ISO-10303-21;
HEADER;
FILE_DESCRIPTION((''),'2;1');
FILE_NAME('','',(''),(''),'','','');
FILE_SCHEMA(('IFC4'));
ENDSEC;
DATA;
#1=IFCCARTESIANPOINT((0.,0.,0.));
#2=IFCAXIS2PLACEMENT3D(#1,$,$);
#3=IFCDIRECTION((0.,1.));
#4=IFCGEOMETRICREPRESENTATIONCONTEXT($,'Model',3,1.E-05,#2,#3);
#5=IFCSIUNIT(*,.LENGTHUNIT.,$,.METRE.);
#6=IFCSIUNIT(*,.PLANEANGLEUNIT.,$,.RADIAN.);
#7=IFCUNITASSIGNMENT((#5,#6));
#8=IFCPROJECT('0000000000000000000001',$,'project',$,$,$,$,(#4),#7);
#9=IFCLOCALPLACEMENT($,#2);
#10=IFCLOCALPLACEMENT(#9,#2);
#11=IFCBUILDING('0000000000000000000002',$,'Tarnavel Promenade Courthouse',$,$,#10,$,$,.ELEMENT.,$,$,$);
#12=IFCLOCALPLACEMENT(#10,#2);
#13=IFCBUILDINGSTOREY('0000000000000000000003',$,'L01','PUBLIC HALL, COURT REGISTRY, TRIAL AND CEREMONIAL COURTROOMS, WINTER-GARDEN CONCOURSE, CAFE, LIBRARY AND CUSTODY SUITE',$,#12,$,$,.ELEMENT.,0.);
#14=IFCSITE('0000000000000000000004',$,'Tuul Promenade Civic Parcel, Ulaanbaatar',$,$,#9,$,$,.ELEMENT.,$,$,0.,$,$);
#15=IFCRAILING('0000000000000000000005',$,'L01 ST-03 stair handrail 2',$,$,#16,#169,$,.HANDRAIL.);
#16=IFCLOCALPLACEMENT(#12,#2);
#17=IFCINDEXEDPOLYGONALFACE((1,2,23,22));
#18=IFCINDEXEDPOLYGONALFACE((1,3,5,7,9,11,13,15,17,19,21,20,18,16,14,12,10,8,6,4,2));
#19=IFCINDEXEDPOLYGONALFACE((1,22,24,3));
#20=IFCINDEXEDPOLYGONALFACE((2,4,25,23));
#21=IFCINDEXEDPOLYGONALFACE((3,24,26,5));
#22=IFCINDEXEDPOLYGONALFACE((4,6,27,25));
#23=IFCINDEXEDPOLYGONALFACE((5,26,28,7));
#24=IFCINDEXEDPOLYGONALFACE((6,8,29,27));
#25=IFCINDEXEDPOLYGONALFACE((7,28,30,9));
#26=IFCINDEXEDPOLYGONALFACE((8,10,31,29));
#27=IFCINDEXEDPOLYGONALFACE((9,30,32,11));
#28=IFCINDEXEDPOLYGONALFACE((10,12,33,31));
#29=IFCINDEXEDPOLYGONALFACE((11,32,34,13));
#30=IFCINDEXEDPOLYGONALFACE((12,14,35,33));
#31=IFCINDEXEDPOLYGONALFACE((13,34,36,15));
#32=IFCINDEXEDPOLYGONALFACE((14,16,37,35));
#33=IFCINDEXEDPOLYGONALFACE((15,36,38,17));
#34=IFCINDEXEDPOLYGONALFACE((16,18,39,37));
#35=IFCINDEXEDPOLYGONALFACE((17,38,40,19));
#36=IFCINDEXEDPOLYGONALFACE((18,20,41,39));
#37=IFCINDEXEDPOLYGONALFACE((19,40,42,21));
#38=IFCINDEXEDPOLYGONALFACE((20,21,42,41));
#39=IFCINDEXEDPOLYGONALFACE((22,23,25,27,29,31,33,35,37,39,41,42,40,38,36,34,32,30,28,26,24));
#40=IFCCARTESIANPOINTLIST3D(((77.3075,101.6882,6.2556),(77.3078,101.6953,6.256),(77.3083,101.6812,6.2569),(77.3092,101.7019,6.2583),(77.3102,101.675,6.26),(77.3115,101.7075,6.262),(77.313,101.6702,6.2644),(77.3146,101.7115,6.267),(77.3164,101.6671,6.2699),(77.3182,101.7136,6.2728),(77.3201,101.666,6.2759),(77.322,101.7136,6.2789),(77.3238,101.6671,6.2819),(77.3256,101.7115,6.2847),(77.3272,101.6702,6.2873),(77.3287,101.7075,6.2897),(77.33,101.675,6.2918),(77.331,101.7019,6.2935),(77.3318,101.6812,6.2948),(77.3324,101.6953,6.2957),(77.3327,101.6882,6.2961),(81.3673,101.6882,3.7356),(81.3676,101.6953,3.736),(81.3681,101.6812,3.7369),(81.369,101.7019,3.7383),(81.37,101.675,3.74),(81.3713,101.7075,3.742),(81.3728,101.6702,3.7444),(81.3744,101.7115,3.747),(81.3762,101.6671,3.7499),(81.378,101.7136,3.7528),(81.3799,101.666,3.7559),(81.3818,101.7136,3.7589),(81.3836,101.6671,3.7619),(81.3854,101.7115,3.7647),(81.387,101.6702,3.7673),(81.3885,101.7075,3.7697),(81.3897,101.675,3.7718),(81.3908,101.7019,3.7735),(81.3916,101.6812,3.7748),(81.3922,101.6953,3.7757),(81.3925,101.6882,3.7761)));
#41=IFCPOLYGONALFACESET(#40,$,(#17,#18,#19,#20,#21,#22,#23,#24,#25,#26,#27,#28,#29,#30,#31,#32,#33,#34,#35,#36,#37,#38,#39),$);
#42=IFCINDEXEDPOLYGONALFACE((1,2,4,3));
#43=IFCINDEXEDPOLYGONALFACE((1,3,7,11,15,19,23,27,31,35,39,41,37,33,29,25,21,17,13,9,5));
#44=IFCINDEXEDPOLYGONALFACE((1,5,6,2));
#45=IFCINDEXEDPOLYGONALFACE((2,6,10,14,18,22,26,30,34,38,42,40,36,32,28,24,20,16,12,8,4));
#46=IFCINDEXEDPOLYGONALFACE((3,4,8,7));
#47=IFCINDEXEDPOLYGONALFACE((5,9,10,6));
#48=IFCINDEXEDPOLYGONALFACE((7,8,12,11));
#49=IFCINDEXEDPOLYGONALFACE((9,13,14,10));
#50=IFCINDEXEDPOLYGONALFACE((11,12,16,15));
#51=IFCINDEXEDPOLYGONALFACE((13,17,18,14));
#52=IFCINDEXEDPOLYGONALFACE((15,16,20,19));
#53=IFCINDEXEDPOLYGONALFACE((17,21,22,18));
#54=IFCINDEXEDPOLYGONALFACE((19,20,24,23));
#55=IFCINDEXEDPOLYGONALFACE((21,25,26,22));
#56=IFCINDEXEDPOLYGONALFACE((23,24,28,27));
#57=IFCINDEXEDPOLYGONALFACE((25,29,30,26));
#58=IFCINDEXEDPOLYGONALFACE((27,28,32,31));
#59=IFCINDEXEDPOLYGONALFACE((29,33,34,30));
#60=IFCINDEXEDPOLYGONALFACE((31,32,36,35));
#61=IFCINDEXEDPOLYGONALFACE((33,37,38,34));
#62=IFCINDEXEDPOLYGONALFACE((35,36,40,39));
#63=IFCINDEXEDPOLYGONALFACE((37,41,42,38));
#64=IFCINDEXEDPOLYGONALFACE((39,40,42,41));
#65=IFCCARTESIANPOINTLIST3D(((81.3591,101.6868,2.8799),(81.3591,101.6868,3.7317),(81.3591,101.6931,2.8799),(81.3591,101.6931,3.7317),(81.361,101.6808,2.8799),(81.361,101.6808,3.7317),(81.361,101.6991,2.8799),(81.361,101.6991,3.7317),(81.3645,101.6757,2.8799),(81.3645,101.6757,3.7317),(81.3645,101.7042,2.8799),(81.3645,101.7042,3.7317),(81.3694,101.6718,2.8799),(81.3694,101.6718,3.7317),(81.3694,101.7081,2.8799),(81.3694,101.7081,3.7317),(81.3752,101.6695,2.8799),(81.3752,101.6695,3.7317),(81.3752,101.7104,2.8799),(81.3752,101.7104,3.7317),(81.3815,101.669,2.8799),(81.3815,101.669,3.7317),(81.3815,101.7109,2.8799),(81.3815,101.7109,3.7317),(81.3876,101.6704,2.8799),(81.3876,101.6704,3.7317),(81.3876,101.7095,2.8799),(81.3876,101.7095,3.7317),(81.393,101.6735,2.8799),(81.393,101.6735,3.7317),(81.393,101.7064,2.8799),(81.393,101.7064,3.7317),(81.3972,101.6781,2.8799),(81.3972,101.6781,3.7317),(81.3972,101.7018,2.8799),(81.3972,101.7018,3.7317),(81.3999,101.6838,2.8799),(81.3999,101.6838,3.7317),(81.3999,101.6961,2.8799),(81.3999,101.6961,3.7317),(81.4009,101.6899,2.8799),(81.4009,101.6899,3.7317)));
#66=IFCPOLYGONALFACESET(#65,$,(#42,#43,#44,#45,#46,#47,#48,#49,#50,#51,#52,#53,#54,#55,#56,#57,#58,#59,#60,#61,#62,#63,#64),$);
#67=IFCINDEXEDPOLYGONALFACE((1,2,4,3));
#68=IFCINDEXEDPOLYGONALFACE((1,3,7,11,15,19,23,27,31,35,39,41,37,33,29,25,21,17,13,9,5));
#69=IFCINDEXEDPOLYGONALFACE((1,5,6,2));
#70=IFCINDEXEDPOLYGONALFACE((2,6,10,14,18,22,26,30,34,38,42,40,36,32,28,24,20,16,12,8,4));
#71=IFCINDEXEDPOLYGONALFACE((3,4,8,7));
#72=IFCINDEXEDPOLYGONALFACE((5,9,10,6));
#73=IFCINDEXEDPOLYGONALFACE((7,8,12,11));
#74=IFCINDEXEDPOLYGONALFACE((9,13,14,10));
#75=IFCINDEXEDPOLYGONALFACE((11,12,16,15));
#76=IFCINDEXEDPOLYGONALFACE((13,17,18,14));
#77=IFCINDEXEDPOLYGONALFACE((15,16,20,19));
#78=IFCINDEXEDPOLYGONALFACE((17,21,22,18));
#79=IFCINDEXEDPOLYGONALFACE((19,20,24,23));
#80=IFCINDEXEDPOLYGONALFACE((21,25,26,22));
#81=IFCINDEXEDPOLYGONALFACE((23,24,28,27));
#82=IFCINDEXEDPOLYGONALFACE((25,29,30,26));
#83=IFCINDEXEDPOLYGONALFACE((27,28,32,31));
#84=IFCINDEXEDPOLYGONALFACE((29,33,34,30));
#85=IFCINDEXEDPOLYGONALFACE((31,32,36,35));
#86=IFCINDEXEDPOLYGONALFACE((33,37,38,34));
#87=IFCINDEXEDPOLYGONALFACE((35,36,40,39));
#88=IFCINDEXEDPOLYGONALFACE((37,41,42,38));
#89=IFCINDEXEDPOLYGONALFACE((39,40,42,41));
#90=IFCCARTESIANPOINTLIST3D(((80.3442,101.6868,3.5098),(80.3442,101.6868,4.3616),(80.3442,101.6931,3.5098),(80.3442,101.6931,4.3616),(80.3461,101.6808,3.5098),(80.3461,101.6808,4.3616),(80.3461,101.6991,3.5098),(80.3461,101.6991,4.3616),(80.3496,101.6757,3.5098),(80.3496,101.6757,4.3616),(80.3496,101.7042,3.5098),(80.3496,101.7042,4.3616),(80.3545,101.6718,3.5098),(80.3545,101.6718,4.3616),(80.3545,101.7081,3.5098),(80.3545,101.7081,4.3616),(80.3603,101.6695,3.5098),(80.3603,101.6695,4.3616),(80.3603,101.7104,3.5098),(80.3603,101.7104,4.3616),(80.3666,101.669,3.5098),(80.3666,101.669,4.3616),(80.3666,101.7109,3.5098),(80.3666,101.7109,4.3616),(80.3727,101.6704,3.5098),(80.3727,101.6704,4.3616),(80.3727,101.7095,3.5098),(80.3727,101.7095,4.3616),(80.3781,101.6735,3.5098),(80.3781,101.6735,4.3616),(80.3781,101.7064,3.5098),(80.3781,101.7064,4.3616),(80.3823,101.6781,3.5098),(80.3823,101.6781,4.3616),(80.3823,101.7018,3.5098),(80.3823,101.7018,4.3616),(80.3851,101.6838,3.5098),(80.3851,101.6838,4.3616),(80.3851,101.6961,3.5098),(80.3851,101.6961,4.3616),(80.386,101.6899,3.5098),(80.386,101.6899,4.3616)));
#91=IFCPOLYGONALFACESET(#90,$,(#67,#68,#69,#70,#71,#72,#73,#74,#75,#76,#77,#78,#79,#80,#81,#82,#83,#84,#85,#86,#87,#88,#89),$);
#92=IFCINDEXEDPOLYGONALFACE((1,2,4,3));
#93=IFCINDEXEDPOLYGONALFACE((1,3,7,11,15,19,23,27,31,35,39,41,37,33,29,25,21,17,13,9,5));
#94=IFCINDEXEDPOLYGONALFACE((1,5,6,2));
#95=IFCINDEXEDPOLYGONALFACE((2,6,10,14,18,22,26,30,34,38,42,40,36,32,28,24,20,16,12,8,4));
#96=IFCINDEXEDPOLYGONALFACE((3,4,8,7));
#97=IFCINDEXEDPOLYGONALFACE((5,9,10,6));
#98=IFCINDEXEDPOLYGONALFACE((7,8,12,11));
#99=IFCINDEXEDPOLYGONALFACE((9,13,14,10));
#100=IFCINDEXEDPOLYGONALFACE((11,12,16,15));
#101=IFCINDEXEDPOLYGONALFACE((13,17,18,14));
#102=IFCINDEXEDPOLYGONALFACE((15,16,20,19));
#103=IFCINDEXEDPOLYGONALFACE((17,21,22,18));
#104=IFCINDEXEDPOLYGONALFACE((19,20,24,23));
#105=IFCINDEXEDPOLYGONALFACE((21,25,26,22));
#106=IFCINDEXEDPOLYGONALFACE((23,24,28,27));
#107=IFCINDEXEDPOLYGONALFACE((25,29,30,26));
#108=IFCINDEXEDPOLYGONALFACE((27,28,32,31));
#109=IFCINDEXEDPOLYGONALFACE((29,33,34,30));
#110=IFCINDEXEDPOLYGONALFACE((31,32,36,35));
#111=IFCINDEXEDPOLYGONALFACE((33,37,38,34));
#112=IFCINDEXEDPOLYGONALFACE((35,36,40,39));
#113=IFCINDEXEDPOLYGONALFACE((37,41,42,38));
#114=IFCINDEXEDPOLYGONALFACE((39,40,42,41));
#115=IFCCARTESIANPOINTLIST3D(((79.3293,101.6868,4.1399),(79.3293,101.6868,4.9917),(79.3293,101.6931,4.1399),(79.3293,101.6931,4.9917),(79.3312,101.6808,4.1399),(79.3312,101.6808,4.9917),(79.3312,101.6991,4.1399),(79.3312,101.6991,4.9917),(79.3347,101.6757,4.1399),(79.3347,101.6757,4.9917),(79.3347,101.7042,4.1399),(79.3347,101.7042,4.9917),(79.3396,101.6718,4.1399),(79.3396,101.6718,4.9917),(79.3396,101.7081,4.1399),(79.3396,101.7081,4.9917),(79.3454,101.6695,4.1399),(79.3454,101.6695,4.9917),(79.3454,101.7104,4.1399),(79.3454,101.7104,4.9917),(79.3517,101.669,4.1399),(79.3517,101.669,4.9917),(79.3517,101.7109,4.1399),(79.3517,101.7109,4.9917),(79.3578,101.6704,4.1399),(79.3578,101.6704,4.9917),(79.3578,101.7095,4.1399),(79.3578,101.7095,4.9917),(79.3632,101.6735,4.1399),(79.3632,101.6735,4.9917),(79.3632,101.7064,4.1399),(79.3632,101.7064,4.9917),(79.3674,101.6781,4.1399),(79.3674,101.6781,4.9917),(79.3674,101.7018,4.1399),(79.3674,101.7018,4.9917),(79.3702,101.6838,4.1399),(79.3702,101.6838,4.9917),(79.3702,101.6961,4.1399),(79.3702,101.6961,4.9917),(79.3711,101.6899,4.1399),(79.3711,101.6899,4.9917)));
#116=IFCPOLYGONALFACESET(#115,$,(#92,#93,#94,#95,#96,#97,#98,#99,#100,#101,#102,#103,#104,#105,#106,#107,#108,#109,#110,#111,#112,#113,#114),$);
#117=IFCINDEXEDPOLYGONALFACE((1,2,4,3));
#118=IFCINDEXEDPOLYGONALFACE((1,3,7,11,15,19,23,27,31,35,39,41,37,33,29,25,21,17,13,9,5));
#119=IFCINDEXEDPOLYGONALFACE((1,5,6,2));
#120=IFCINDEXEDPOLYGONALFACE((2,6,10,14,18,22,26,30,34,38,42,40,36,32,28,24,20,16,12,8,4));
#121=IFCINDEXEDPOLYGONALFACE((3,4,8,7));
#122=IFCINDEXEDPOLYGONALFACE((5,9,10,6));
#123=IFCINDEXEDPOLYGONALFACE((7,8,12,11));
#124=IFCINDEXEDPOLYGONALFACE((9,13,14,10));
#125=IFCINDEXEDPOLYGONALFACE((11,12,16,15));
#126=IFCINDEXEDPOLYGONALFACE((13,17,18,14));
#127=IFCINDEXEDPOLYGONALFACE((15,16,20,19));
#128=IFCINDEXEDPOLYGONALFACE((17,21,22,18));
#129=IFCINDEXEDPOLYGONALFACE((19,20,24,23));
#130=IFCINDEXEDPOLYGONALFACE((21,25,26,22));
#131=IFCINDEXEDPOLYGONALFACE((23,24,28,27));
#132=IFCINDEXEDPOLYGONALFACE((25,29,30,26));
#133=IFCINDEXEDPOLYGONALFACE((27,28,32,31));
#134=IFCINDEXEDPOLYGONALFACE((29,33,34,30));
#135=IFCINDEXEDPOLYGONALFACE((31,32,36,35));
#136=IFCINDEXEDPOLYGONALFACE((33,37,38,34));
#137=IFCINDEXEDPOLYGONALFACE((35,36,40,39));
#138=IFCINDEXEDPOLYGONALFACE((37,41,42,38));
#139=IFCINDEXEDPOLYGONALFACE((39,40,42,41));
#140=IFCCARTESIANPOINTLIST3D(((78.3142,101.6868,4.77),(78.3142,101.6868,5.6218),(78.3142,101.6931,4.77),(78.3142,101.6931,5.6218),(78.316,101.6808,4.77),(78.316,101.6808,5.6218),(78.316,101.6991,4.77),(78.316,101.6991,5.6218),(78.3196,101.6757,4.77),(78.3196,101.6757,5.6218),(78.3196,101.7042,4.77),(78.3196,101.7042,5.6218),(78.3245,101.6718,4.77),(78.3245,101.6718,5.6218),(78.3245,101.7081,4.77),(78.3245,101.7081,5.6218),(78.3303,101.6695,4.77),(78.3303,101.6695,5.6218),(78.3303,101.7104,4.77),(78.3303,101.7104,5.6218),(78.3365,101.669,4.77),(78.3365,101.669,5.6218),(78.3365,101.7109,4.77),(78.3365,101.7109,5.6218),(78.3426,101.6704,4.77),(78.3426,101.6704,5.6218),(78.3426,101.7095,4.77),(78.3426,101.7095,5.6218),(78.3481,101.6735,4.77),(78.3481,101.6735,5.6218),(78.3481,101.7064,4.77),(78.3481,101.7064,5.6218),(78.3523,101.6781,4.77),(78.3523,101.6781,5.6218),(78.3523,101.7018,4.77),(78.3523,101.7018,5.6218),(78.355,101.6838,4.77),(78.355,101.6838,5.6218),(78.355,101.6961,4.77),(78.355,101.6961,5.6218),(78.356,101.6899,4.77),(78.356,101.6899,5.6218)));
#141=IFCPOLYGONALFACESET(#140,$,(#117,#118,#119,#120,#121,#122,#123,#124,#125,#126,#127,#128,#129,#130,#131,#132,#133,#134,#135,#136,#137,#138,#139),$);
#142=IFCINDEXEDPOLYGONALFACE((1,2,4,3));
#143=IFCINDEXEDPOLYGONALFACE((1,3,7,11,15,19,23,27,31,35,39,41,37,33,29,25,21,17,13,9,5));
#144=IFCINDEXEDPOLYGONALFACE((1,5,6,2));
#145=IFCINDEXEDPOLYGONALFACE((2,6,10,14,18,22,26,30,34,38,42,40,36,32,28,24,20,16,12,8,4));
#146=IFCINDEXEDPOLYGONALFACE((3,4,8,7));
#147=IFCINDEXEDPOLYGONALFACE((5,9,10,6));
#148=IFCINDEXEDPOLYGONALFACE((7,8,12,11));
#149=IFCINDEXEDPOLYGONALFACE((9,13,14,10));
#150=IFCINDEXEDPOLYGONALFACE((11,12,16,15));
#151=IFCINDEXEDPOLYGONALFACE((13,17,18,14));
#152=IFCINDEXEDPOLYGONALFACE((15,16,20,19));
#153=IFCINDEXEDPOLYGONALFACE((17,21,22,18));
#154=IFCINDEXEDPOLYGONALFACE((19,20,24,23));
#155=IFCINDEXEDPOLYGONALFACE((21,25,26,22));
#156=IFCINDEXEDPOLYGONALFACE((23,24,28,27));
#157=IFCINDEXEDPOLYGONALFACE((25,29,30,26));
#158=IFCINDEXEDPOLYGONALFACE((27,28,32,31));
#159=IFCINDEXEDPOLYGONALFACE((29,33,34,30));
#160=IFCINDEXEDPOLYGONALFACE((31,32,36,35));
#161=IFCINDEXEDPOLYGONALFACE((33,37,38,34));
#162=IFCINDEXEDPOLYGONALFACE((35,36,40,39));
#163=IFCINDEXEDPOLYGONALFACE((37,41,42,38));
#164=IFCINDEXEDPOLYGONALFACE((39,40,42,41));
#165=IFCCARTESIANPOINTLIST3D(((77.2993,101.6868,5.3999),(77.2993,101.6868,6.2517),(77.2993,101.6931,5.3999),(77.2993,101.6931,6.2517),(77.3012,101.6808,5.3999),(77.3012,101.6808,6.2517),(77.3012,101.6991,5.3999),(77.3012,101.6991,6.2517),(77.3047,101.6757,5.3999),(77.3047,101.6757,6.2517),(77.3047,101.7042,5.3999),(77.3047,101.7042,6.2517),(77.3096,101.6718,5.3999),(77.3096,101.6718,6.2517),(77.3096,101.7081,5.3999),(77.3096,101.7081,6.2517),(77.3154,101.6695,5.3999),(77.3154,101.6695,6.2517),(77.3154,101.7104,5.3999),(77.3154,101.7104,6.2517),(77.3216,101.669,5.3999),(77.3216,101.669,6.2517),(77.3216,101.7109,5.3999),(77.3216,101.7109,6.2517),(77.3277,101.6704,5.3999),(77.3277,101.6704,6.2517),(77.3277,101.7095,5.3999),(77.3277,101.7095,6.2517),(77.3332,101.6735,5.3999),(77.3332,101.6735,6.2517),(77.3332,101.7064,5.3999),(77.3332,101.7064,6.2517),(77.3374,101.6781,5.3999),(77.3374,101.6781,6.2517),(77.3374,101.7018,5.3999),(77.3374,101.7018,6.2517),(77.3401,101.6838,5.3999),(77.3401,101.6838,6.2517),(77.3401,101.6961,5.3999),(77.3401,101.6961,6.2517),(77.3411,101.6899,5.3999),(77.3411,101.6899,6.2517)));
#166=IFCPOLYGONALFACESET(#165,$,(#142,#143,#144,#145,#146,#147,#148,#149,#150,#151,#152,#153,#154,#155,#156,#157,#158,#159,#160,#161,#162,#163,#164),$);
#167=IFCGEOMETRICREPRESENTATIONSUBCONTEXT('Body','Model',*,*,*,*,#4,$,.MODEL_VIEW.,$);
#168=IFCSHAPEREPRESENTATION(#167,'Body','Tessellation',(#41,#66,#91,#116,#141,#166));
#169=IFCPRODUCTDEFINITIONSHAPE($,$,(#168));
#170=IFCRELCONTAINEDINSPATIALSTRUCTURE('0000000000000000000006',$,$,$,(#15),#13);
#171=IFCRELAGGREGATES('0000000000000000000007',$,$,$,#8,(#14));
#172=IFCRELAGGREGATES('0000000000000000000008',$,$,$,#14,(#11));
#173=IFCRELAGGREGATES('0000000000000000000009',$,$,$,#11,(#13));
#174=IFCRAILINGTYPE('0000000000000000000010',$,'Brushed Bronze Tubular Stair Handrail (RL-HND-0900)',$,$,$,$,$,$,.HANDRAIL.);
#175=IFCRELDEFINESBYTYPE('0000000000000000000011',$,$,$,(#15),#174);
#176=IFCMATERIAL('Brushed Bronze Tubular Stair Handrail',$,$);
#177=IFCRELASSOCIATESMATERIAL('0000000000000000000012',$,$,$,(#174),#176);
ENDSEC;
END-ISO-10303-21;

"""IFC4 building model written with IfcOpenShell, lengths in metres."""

from ifc_helpers import new_model, si_unit, direction, frame, origin, origin_2d, place, context, subcontext, project, spatial, circle, extrude, material, type_object, element, save


model = new_model("IFC4")

# Units and contexts
model_context = context("Model", 3, precision=1e-05, world=origin(), true_north=direction((0.0, 1.0)))
body_context = subcontext(model_context, "Body", "Model", "MODEL_VIEW")
ifc_project = project(units=[si_unit("LENGTHUNIT", "METRE"), si_unit("PLANEANGLEUNIT", "RADIAN")], contexts=[model_context])

# Site, building, storey
site_placement = place(None, origin())
site = spatial("IfcSite", under=ifc_project, at=site_placement, Name="Tuul Promenade Civic Parcel, Ulaanbaatar", CompositionType="ELEMENT", RefElevation=0.0)
building_placement = place(site_placement, origin())
building = spatial("IfcBuilding", under=site, at=building_placement, Name="Tarnavel Promenade Courthouse", CompositionType="ELEMENT")
storey_placement = place(building_placement, origin())
storey = spatial("IfcBuildingStorey", under=building, at=storey_placement, Name="L01", Description="PUBLIC HALL, COURT REGISTRY, TRIAL AND CEREMONIAL COURTROOMS, WINTER-GARDEN CONCOURSE, CAFE, LIBRARY AND CUSTODY SUITE", CompositionType="ELEMENT", Elevation=0.0)

# Railing
ifc_material_1 = material(Name="Brushed Bronze Tubular Stair Handrail")
railing_type_1 = type_object("IfcRailingType", Name="Brushed Bronze Tubular Stair Handrail (RL-HND-0900)", PredefinedType="HANDRAIL", material=ifc_material_1)
railing_1_placement = place(storey_placement, frame((81.3799, 101.6899, 2.8799)))
element("IfcRailing", 1, at=railing_1_placement, inside=storey, type_object=railing_type_1, Name="L01 ST-03 stair handrail 2", PredefinedType="HANDRAIL", context=body_context, shape_type="SweptSolid", body=[
    extrude(circle(Radius=0.0239, at=origin_2d()), frame((0.0, 0.0, 0.876), z_axis=(-0.849628, 0.0, 0.527383), x_axis=(0.0, -1.0, 0.0)), (0.0, 0.0, 1.0), 4.7783),
    extrude(circle(Radius=0.021, at=origin_2d()), origin(), (0.0, 0.0, 1.0), 0.8518),
    extrude(circle(Radius=0.021, at=origin_2d()), frame((-1.0149, 0.0, 0.6299)), (0.0, 0.0, 1.0), 0.8518),
    extrude(circle(Radius=0.021, at=origin_2d()), frame((-2.0298, 0.0, 1.26)), (0.0, 0.0, 1.0), 0.8518),
    extrude(circle(Radius=0.021, at=origin_2d()), frame((-3.0449, 0.0, 1.8901)), (0.0, 0.0, 1.0), 0.8518),
    extrude(circle(Radius=0.021, at=origin_2d()), frame((-4.0598, 0.0, 2.52)), (0.0, 0.0, 1.0), 0.8518),
])

save(model, "model.ifc")
